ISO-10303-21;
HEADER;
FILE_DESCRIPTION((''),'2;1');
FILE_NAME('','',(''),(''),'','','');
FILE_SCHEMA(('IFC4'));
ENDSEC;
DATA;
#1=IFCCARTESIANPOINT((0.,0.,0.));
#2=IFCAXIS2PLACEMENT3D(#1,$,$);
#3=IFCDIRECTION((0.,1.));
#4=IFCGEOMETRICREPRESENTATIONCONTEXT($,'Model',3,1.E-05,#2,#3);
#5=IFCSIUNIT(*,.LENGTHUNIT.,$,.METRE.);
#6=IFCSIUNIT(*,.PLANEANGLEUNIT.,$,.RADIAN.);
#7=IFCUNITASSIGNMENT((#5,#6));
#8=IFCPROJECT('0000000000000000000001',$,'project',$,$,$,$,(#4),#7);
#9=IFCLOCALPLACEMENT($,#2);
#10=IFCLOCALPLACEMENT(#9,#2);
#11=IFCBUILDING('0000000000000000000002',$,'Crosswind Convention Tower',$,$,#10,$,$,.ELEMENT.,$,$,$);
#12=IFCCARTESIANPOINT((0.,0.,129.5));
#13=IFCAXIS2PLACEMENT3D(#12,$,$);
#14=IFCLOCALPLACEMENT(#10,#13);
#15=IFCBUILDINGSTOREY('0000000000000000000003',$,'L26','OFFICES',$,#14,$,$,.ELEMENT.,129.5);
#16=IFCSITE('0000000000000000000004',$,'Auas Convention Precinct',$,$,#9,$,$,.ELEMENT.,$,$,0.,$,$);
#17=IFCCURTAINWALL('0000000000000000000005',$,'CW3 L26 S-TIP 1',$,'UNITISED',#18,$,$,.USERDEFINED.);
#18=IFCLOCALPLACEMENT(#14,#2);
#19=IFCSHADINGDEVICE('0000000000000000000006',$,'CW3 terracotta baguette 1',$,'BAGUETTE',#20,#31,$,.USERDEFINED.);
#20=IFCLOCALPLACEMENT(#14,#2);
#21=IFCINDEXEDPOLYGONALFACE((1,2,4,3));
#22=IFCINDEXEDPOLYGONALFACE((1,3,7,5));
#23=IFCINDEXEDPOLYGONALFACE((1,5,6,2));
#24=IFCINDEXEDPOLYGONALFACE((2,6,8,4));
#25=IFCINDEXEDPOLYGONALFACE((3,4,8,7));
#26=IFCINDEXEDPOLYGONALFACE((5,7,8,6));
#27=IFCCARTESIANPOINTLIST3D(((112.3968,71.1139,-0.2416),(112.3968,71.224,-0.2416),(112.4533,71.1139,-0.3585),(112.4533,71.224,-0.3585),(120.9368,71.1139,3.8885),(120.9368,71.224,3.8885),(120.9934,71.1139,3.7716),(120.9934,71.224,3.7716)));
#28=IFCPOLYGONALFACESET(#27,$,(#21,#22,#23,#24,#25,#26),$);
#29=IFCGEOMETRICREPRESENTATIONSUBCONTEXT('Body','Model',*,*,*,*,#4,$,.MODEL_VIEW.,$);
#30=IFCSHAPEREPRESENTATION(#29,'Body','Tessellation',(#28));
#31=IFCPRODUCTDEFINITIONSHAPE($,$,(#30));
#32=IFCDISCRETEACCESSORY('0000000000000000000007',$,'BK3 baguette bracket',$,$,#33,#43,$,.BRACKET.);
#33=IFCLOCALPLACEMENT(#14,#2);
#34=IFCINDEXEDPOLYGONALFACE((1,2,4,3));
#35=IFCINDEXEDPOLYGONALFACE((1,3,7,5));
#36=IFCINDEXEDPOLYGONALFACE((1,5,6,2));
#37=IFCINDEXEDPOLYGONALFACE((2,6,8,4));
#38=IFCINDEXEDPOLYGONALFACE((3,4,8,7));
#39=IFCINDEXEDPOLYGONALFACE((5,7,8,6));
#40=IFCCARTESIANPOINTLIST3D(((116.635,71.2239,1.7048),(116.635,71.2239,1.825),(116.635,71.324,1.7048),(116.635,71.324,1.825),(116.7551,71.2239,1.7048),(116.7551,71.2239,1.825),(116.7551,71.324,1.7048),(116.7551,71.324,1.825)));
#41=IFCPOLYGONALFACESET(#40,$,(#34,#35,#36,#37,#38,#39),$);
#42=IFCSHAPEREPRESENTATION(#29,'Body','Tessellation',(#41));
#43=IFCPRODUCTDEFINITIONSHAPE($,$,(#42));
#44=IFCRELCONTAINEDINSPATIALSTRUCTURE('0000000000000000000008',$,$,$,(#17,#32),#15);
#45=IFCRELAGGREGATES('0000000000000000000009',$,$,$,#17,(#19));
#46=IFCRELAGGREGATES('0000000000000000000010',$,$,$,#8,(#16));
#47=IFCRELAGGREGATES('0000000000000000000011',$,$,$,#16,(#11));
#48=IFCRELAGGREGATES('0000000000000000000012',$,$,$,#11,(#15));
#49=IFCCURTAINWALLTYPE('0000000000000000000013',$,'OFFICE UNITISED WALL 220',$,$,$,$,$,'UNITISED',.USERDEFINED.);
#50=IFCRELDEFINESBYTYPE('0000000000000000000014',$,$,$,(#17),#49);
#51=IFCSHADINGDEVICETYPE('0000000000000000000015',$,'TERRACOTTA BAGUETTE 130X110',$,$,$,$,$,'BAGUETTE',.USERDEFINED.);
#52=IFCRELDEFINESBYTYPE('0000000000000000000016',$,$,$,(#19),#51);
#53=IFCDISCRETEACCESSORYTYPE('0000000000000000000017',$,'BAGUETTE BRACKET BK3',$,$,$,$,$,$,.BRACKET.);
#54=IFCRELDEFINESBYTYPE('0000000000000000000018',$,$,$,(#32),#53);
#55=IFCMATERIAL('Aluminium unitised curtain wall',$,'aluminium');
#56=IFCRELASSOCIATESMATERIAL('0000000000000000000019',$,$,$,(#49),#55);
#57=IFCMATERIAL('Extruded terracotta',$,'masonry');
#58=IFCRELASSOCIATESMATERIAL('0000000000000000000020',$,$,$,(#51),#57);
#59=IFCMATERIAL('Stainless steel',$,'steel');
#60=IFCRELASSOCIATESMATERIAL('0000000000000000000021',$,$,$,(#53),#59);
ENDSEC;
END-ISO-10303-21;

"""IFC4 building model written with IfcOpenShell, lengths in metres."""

from ifc_helpers import new_model, si_unit, direction, frame, origin, origin_2d, place, context, subcontext, project, spatial, rectangle, extrude, material, material_profile, profile_set, type_object, element, aggregate, save


model = new_model("IFC4")

# Units and contexts
model_context = context("Model", 3, precision=1e-05, world=origin(), true_north=direction((0.0, 1.0)))
body_context = subcontext(model_context, "Body", "Model", "MODEL_VIEW")
ifc_project = project(units=[si_unit("LENGTHUNIT", "METRE"), si_unit("PLANEANGLEUNIT", "RADIAN")], contexts=[model_context])

# Site, building, storey
site_placement = place(None, origin())
site = spatial("IfcSite", under=ifc_project, at=site_placement, Name="Auas Convention Precinct", CompositionType="ELEMENT", RefElevation=0.0)
building_placement = place(site_placement, origin())
building = spatial("IfcBuilding", under=site, at=building_placement, Name="Crosswind Convention Tower", CompositionType="ELEMENT")
storey_placement = place(building_placement, frame((0.0, 0.0, 129.5)))
storey = spatial("IfcBuildingStorey", under=building, at=storey_placement, Name="L26", Description="OFFICES", CompositionType="ELEMENT", Elevation=129.5)

# Curtain wall
ifc_material_1 = material(Name="Aluminium unitised curtain wall", Category="aluminium")
curtain_wall_type_1 = type_object("IfcCurtainWallType", Name="OFFICE UNITISED WALL 220", ElementType="UNITISED", PredefinedType="USERDEFINED", material=ifc_material_1)
curtain_wall_1_placement = place(storey_placement, origin())
curtain_wall_1 = element("IfcCurtainWall", 1, at=curtain_wall_1_placement, inside=storey, type_object=curtain_wall_type_1, Name="CW3 L26 S-TIP 1", ObjectType="UNITISED", PredefinedType="USERDEFINED")

# Shading device
ifc_material_2 = material(Name="Extruded terracotta", Category="masonry")
ifc_material_profile_1 = material_profile(ifc_material_2, rectangle(XDim=0.1101, YDim=0.1299, at=origin_2d()), Name="TC 110X130")
ifc_profile_set_1 = profile_set([ifc_material_profile_1], Name="Extruded terracotta")
shading_device_type = type_object("IfcShadingDeviceType", Name="TERRACOTTA BAGUETTE 130X110", ElementType="BAGUETTE", PredefinedType="USERDEFINED", material=ifc_profile_set_1)
shading_device_placement = place(storey_placement, frame((112.425, 71.1689, -0.3), z_axis=(0.900248, 0.0, 0.435377), x_axis=(0.0, 1.0, 0.0)))
shading_device = element("IfcShadingDevice", 2, at=shading_device_placement, type_object=shading_device_type, Name="CW3 terracotta baguette 1", ObjectType="BAGUETTE", PredefinedType="USERDEFINED", context=body_context, shape_type="SweptSolid", body=[
    extrude(rectangle(XDim=0.1101, YDim=0.1299, at=origin_2d()), origin(), (0.0, 0.0, 1.0), 9.4863),
])
aggregate(curtain_wall_1, [shading_device])

# Discrete accessory
ifc_material_3 = material(Name="Stainless steel", Category="steel")
discrete_accessory_type = type_object("IfcDiscreteAccessoryType", Name="BAGUETTE BRACKET BK3", PredefinedType="BRACKET", material=ifc_material_3)
discrete_accessory_placement = place(storey_placement, frame((116.6951, 71.2739, 1.7048), z_axis=(0.0, 0.0, 1.0), x_axis=(1.0, 0.0, 0.0)))
element("IfcDiscreteAccessory", 3, at=discrete_accessory_placement, inside=storey, type_object=discrete_accessory_type, Name="BK3 baguette bracket", PredefinedType="BRACKET", context=body_context, shape_type="SweptSolid", body=[
    extrude(rectangle(XDim=0.1201, YDim=0.1001, at=origin_2d()), origin(), (0.0, 0.0, 1.0), 0.1201),
])

save(model, "model.ifc")
